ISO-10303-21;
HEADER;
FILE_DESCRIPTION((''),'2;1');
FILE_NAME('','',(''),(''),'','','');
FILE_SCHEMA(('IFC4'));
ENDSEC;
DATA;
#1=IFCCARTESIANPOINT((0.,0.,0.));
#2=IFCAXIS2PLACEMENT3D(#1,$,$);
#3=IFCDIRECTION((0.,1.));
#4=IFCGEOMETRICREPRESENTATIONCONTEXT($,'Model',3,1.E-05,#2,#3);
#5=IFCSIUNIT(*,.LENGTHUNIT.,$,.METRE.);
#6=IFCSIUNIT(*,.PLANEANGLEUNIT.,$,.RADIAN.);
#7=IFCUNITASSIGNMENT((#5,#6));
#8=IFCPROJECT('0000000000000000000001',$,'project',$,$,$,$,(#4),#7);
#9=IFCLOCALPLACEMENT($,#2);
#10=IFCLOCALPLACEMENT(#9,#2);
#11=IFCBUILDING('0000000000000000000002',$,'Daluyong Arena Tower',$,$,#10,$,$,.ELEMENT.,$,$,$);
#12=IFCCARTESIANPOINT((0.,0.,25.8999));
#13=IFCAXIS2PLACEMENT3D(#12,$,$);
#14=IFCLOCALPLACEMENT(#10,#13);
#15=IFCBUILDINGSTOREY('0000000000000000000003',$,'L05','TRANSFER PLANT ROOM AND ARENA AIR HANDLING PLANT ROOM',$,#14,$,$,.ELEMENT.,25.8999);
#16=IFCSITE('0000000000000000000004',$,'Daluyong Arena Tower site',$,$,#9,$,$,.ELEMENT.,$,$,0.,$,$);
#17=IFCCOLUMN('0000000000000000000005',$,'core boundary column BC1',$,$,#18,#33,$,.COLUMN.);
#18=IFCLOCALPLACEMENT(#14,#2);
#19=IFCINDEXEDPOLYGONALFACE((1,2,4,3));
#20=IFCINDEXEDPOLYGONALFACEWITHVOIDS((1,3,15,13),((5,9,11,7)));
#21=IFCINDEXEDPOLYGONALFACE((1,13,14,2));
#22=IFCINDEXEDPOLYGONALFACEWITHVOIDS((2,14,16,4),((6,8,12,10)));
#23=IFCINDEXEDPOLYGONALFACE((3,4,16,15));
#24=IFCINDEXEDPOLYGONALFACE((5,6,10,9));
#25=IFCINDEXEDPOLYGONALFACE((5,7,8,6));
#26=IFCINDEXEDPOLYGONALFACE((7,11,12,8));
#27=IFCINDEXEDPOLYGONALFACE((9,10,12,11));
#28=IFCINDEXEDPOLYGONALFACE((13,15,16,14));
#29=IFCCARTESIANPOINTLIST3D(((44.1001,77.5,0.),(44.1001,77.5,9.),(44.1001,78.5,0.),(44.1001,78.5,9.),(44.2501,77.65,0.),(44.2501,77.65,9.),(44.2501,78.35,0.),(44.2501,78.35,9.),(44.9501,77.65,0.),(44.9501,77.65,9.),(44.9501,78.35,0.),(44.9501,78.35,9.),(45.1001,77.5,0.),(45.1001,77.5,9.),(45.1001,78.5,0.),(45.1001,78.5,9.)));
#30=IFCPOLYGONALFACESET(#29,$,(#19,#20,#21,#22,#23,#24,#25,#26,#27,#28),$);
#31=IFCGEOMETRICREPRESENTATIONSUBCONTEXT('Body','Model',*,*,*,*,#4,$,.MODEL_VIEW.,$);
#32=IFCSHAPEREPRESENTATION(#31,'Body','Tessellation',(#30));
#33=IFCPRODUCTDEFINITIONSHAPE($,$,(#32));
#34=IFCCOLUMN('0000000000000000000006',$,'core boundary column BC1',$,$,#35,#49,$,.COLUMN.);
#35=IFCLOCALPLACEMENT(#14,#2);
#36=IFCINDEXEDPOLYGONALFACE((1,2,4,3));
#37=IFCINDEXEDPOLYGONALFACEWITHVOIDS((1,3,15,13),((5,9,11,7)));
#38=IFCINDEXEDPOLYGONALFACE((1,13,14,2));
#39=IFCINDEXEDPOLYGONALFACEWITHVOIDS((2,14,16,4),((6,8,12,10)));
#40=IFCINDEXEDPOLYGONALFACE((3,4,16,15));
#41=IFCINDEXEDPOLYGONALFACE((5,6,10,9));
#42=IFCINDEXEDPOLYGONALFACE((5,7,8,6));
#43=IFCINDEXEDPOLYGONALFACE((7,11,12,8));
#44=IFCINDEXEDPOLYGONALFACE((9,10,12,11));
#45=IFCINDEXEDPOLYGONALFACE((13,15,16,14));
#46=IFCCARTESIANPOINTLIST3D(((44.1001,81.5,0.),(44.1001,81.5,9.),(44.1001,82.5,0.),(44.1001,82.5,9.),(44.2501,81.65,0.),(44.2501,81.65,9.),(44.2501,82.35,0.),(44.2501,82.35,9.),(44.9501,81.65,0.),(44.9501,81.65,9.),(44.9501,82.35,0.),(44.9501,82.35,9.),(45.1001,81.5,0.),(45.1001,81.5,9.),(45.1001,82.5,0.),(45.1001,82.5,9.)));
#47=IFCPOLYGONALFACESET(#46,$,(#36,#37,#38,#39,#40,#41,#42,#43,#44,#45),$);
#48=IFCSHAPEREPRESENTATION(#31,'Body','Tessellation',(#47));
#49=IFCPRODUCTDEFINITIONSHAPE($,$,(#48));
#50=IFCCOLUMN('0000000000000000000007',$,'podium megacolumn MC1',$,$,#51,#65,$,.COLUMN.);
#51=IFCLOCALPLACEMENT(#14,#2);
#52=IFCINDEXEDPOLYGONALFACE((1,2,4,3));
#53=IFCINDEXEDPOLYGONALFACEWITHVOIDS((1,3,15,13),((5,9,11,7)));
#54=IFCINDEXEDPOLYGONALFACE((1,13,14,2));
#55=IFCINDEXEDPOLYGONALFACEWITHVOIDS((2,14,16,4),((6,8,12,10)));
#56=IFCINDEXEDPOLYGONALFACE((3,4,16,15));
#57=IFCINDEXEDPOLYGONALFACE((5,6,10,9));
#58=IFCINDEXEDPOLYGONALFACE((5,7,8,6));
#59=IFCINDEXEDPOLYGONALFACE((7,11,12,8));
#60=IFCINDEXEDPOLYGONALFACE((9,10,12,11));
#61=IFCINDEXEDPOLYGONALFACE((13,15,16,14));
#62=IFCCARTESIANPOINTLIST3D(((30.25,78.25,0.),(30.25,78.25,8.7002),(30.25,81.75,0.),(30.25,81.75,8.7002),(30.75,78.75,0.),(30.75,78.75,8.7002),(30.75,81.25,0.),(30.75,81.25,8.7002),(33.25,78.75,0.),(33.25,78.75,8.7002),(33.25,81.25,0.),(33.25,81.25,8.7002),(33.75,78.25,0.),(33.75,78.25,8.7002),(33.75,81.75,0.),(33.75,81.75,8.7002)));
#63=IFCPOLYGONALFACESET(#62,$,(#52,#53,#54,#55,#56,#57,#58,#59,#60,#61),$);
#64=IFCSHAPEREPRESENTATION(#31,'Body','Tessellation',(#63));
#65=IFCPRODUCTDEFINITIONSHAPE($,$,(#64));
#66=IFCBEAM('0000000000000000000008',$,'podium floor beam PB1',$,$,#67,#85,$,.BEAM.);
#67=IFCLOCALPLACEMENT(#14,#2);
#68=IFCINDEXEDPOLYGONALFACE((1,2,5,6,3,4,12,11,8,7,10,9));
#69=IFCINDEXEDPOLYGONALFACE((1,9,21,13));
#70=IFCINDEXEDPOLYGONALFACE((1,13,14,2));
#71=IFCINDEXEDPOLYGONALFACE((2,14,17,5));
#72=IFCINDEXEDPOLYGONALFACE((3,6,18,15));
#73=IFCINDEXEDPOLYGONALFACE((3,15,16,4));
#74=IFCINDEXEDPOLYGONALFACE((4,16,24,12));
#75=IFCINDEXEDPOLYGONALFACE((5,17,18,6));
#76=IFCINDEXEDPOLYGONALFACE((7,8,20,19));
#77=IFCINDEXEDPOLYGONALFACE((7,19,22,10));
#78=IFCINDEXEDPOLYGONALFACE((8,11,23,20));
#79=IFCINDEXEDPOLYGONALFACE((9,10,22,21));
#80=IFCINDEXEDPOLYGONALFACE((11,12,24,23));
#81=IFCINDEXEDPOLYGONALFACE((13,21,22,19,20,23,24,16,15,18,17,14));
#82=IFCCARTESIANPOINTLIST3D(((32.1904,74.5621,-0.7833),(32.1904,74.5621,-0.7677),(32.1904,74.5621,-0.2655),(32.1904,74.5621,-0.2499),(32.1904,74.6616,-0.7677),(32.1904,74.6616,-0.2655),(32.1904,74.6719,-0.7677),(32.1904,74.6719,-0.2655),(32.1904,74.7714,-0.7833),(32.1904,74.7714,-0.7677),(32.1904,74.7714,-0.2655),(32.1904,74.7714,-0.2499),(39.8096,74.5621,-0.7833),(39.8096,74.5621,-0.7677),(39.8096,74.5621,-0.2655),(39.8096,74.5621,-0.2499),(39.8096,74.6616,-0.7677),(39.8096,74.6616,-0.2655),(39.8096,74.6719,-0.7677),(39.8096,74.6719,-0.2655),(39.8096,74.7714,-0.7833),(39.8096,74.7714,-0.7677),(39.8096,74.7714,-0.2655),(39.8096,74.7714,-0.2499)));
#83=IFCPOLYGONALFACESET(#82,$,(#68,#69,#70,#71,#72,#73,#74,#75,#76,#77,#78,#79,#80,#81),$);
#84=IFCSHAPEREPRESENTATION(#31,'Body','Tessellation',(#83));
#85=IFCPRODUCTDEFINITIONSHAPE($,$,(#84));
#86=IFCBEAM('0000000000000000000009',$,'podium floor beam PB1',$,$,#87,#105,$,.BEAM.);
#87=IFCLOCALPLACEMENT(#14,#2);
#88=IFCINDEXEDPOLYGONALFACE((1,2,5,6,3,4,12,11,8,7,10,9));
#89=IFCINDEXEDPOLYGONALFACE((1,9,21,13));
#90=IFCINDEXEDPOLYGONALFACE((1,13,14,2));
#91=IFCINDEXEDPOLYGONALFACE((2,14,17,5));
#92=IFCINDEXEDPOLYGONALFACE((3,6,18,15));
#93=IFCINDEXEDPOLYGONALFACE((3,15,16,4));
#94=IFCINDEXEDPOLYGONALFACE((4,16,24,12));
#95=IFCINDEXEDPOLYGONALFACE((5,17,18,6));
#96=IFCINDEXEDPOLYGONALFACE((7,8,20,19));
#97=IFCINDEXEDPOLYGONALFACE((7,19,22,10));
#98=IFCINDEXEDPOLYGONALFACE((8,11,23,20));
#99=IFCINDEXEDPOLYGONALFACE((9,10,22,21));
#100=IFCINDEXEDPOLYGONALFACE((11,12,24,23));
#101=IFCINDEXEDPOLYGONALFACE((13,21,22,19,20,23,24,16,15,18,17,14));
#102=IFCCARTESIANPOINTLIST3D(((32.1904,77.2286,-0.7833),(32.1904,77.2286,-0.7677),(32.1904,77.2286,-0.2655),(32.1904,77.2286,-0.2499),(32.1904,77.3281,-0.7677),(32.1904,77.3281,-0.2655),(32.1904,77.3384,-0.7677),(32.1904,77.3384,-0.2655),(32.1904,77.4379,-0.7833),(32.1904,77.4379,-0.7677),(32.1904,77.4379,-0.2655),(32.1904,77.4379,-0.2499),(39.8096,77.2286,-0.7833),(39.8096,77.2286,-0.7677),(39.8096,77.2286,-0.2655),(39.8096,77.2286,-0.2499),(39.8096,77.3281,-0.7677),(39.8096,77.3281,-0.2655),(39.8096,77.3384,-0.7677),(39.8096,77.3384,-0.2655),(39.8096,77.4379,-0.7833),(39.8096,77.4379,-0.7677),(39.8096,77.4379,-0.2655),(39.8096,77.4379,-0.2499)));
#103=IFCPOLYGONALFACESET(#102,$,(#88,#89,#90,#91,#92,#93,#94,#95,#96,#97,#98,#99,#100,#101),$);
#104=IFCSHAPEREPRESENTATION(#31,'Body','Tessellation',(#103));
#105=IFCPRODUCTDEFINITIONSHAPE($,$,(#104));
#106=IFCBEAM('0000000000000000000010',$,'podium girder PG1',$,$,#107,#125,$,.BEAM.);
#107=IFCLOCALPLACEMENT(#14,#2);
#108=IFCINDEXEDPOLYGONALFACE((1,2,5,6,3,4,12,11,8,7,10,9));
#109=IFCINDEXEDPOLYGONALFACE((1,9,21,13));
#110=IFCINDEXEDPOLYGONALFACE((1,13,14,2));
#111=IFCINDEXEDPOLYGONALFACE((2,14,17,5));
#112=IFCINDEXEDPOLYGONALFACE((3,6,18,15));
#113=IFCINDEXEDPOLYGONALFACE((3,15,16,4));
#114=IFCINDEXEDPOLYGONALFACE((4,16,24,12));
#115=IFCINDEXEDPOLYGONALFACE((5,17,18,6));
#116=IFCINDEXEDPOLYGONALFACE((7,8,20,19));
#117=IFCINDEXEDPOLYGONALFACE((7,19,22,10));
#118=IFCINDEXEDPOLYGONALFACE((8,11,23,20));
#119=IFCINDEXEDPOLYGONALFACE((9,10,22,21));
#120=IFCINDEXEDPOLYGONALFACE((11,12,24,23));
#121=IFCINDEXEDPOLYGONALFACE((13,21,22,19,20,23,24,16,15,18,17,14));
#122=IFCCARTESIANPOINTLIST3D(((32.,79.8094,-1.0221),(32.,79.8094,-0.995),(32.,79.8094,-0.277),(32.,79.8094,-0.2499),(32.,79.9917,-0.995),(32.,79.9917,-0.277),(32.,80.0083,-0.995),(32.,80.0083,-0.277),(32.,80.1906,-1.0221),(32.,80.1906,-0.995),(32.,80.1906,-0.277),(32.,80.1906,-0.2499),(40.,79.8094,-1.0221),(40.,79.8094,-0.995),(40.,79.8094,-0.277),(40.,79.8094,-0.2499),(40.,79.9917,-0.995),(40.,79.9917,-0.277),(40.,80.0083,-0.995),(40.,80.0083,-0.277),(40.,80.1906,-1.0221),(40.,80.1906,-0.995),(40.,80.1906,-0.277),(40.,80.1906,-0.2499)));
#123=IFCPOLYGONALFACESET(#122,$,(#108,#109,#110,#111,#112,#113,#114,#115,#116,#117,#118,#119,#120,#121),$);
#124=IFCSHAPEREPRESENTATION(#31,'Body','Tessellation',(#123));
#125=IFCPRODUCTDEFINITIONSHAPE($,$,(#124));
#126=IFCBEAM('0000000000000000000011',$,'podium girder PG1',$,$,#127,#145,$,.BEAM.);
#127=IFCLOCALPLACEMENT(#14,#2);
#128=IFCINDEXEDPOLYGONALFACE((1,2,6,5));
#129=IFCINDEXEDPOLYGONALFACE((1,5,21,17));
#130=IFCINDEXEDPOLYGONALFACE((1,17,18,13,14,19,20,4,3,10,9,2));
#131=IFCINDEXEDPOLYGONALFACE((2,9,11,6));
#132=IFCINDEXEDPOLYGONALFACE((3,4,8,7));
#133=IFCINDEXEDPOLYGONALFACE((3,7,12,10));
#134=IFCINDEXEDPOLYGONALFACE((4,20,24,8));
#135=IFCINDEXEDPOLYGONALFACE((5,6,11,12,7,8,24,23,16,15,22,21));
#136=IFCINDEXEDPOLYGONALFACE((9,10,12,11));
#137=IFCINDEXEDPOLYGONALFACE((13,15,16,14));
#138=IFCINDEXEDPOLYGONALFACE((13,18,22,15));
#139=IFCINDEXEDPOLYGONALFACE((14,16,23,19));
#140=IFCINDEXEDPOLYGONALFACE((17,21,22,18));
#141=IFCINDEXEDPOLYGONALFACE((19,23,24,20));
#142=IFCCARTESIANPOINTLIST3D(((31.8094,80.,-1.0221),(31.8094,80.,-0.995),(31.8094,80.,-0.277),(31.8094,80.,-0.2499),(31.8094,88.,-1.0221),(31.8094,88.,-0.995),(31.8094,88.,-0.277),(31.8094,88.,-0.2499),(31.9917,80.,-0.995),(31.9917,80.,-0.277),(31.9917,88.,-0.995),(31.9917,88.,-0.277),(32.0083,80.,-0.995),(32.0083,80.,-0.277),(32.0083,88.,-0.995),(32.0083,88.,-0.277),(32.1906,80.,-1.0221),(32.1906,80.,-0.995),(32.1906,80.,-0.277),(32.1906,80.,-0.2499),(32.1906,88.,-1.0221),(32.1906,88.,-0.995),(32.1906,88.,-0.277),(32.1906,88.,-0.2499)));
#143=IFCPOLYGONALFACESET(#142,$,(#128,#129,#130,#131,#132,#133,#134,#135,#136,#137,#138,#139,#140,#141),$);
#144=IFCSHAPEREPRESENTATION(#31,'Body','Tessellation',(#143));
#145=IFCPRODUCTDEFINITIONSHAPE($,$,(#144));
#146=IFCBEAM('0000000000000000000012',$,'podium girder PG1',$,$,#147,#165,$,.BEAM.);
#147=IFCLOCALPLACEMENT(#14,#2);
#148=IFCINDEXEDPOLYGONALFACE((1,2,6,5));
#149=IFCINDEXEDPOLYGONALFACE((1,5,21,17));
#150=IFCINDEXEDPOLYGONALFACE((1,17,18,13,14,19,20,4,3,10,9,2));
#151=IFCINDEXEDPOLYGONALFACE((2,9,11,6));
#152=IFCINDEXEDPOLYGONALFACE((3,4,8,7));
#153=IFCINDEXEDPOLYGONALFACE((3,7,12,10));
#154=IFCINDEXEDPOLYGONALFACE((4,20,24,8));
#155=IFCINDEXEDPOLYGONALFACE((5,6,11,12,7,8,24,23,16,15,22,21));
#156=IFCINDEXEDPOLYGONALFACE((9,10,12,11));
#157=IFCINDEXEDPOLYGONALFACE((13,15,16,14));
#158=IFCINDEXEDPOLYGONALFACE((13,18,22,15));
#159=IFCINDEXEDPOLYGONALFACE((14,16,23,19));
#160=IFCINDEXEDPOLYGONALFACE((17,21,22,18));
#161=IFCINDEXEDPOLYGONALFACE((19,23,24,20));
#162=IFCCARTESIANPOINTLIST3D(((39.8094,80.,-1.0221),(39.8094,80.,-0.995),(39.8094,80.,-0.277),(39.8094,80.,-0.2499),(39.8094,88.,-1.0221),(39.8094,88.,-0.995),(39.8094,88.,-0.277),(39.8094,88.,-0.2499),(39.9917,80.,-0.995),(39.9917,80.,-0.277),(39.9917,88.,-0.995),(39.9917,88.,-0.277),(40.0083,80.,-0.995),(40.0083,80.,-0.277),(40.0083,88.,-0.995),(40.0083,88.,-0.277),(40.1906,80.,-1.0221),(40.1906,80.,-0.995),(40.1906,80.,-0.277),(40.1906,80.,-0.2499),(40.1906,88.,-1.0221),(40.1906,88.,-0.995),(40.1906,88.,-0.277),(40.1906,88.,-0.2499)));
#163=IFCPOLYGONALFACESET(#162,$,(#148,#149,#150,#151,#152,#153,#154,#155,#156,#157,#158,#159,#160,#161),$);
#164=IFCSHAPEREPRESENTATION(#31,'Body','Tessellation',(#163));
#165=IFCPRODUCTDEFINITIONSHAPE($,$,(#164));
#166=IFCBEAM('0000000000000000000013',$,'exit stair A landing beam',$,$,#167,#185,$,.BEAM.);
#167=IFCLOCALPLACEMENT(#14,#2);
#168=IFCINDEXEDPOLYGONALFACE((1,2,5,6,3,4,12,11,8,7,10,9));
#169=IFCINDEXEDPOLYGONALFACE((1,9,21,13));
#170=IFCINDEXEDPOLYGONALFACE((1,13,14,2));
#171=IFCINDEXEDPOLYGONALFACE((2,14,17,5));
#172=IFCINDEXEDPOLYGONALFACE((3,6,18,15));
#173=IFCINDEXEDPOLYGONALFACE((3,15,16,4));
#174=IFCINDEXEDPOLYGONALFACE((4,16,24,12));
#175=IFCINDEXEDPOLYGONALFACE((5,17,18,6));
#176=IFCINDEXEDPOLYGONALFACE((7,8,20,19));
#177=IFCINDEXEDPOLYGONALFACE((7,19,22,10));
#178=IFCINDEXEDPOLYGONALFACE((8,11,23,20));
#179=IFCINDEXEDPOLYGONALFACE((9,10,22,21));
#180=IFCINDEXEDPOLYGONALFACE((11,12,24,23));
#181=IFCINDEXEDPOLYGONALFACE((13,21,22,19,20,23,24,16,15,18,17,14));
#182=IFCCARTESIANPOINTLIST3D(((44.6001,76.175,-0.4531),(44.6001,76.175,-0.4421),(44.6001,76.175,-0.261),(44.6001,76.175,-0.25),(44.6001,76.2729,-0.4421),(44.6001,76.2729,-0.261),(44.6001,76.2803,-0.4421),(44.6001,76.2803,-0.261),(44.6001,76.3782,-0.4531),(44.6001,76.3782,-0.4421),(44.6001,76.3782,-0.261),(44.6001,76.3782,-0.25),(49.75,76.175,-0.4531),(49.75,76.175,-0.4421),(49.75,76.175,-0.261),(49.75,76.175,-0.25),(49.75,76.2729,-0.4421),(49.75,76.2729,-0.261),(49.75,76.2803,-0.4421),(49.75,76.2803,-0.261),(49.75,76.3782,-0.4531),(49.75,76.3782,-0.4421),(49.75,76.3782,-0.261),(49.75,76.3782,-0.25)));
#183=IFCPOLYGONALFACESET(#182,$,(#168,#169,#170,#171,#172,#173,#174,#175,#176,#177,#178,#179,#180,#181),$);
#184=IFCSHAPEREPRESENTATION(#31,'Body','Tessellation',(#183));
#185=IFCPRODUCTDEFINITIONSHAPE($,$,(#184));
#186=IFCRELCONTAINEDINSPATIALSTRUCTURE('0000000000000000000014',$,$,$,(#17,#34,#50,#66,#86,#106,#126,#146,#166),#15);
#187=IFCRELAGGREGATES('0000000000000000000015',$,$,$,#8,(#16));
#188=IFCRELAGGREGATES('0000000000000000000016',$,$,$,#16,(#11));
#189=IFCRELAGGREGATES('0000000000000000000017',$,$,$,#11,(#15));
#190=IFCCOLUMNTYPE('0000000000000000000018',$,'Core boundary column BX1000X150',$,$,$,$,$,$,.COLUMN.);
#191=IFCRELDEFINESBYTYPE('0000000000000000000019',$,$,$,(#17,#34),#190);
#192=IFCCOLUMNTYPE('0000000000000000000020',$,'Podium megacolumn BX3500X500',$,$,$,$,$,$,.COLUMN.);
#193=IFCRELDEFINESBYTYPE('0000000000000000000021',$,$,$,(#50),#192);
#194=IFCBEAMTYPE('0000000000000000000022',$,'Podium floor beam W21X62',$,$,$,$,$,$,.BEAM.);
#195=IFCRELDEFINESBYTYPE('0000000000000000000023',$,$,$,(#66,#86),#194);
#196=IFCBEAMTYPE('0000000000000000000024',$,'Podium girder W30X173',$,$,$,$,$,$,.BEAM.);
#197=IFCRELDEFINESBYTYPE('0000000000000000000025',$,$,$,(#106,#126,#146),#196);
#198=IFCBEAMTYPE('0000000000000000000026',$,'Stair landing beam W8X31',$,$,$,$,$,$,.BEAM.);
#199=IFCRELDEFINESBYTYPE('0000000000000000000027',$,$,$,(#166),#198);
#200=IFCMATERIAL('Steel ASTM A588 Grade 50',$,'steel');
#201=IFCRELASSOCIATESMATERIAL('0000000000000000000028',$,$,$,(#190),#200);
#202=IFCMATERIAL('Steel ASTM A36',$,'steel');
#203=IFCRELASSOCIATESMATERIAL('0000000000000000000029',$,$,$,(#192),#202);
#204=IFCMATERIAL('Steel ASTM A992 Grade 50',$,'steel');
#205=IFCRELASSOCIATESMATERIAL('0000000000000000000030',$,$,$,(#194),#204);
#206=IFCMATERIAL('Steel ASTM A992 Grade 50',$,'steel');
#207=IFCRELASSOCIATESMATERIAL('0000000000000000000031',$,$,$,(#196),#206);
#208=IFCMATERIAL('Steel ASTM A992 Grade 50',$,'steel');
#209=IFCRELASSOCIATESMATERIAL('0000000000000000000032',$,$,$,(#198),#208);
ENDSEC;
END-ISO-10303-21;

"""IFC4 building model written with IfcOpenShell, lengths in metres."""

from ifc_helpers import new_model, si_unit, direction, frame, origin, origin_2d, place, context, subcontext, project, spatial, hollow_rectangle, i_section, extrude, material, material_profile, profile_set, type_object, element, save


model = new_model("IFC4")

# Units and contexts
model_context = context("Model", 3, precision=1e-05, world=origin(), true_north=direction((0.0, 1.0)))
body_context = subcontext(model_context, "Body", "Model", "MODEL_VIEW")
ifc_project = project(units=[si_unit("LENGTHUNIT", "METRE"), si_unit("PLANEANGLEUNIT", "RADIAN")], contexts=[model_context])

# Site, building, storey
site_placement = place(None, origin())
site = spatial("IfcSite", under=ifc_project, at=site_placement, Name="Daluyong Arena Tower site", CompositionType="ELEMENT", RefElevation=0.0)
building_placement = place(site_placement, origin())
building = spatial("IfcBuilding", under=site, at=building_placement, Name="Daluyong Arena Tower", CompositionType="ELEMENT")
storey_placement = place(building_placement, frame((0.0, 0.0, 25.8999)))
storey = spatial("IfcBuildingStorey", under=building, at=storey_placement, Name="L05", Description="TRANSFER PLANT ROOM AND ARENA AIR HANDLING PLANT ROOM", CompositionType="ELEMENT", Elevation=25.8999)

# Columns
ifc_material_1 = material(Name="Steel ASTM A588 Grade 50", Category="steel")
ifc_material_profile_1 = material_profile(ifc_material_1, hollow_rectangle(XDim=1.0, YDim=1.0, WallThickness=0.15, at=origin_2d()))
ifc_profile_set_1 = profile_set([ifc_material_profile_1], Name="Steel ASTM A588 Grade 50")
column_type_1 = type_object("IfcColumnType", Name="Core boundary column BX1000X150", PredefinedType="COLUMN", material=ifc_profile_set_1)
for number, where, z_axis, x_axis, name in (
    (1, (44.6001, 78.0, 0.0), (0.0, 0.0, 1.0), (1.0, 0.0, 0.0), "core boundary column BC1"),
    (2, (44.6001, 82.0, 0.0), (0.0, 0.0, 1.0), (1.0, 0.0, 0.0), "core boundary column BC1"),
):
    element("IfcColumn", number, at=place(storey_placement, frame(where, z_axis=z_axis, x_axis=x_axis)), inside=storey, type_object=column_type_1, Name=name, PredefinedType="COLUMN", context=body_context, shape_type="SweptSolid", body=[
        extrude(hollow_rectangle(XDim=1.0, YDim=1.0, WallThickness=0.15, at=origin_2d()), origin(), (0.0, 0.0, 1.0), 9.0),
    ])
ifc_material_2 = material(Name="Steel ASTM A36", Category="steel")
ifc_material_profile_2 = material_profile(ifc_material_2, hollow_rectangle(XDim=3.5, YDim=3.5, WallThickness=0.5, at=origin_2d()))
ifc_profile_set_2 = profile_set([ifc_material_profile_2], Name="Steel ASTM A36")
column_type_2 = type_object("IfcColumnType", Name="Podium megacolumn BX3500X500", PredefinedType="COLUMN", material=ifc_profile_set_2)
column_placement = place(storey_placement, frame((32.0, 80.0, 0.0), z_axis=(0.0, 0.0, 1.0), x_axis=(1.0, 0.0, 0.0)))
element("IfcColumn", 3, at=column_placement, inside=storey, type_object=column_type_2, Name="podium megacolumn MC1", PredefinedType="COLUMN", context=body_context, shape_type="SweptSolid", body=[
    extrude(hollow_rectangle(XDim=3.5, YDim=3.5, WallThickness=0.5, at=origin_2d()), origin(), (0.0, 0.0, 1.0), 8.7002),
])

# Beams
ifc_material_3 = material(Name="Steel ASTM A992 Grade 50", Category="steel")
ifc_material_profile_3 = material_profile(ifc_material_3, i_section(OverallWidth=0.2092, OverallDepth=0.5334, WebThickness=0.0103, FlangeThickness=0.0156, at=origin_2d()))
ifc_profile_set_3 = profile_set([ifc_material_profile_3], Name="Steel ASTM A992 Grade 50")
beam_type_1 = type_object("IfcBeamType", Name="Podium floor beam W21X62", PredefinedType="BEAM", material=ifc_profile_set_3)
for number, where, z_axis, x_axis, name in (
    (4, (32.1904, 74.6667, -0.5166), (1.0, 0.0, 0.0), (0.0, 1.0, 0.0), "podium floor beam PB1"),
    (5, (32.1904, 77.3333, -0.5166), (1.0, 0.0, 0.0), (0.0, 1.0, 0.0), "podium floor beam PB1"),
):
    element("IfcBeam", number, at=place(storey_placement, frame(where, z_axis=z_axis, x_axis=x_axis)), inside=storey, type_object=beam_type_1, Name=name, PredefinedType="BEAM", context=body_context, shape_type="SweptSolid", body=[
        extrude(i_section(OverallWidth=0.2092, OverallDepth=0.5334, WebThickness=0.0103, FlangeThickness=0.0156, at=origin_2d()), origin(), (0.0, 0.0, 1.0), 7.6191),
    ])
ifc_material_4 = material(Name="Steel ASTM A992 Grade 50", Category="steel")
ifc_material_profile_4 = material_profile(ifc_material_4, i_section(OverallWidth=0.3811, OverallDepth=0.7722, WebThickness=0.0166, FlangeThickness=0.0271, at=origin_2d()))
ifc_profile_set_4 = profile_set([ifc_material_profile_4], Name="Steel ASTM A992 Grade 50")
beam_type_2 = type_object("IfcBeamType", Name="Podium girder W30X173", PredefinedType="BEAM", material=ifc_profile_set_4)
for number, where, z_axis, x_axis, name in (
    (6, (32.0, 80.0, -0.636), (1.0, 0.0, 0.0), (0.0, 1.0, 0.0), "podium girder PG1"),
    (7, (32.0, 80.0, -0.636), (0.0, 1.0, 0.0), (-1.0, 0.0, 0.0), "podium girder PG1"),
    (8, (40.0, 80.0, -0.636), (0.0, 1.0, 0.0), (-1.0, 0.0, 0.0), "podium girder PG1"),
):
    element("IfcBeam", number, at=place(storey_placement, frame(where, z_axis=z_axis, x_axis=x_axis)), inside=storey, type_object=beam_type_2, Name=name, PredefinedType="BEAM", context=body_context, shape_type="SweptSolid", body=[
        extrude(i_section(OverallWidth=0.3811, OverallDepth=0.7722, WebThickness=0.0166, FlangeThickness=0.0271, at=origin_2d()), origin(), (0.0, 0.0, 1.0), 8.0),
    ])
ifc_material_5 = material(Name="Steel ASTM A992 Grade 50", Category="steel")
ifc_material_profile_5 = material_profile(ifc_material_5, i_section(OverallWidth=0.2031, OverallDepth=0.2031, WebThickness=0.0073, FlangeThickness=0.011, at=origin_2d()))
ifc_profile_set_5 = profile_set([ifc_material_profile_5], Name="Steel ASTM A992 Grade 50")
beam_type_3 = type_object("IfcBeamType", Name="Stair landing beam W8X31", PredefinedType="BEAM", material=ifc_profile_set_5)
beam_placement = place(storey_placement, frame((44.6001, 76.2766, -0.3516), z_axis=(1.0, 0.0, 0.0), x_axis=(0.0, 1.0, 0.0)))
element("IfcBeam", 9, at=beam_placement, inside=storey, type_object=beam_type_3, Name="exit stair A landing beam", PredefinedType="BEAM", context=body_context, shape_type="SweptSolid", body=[
    extrude(i_section(OverallWidth=0.2031, OverallDepth=0.2031, WebThickness=0.0073, FlangeThickness=0.011, at=origin_2d()), origin(), (0.0, 0.0, 1.0), 5.1499),
])

save(model, "model.ifc")
